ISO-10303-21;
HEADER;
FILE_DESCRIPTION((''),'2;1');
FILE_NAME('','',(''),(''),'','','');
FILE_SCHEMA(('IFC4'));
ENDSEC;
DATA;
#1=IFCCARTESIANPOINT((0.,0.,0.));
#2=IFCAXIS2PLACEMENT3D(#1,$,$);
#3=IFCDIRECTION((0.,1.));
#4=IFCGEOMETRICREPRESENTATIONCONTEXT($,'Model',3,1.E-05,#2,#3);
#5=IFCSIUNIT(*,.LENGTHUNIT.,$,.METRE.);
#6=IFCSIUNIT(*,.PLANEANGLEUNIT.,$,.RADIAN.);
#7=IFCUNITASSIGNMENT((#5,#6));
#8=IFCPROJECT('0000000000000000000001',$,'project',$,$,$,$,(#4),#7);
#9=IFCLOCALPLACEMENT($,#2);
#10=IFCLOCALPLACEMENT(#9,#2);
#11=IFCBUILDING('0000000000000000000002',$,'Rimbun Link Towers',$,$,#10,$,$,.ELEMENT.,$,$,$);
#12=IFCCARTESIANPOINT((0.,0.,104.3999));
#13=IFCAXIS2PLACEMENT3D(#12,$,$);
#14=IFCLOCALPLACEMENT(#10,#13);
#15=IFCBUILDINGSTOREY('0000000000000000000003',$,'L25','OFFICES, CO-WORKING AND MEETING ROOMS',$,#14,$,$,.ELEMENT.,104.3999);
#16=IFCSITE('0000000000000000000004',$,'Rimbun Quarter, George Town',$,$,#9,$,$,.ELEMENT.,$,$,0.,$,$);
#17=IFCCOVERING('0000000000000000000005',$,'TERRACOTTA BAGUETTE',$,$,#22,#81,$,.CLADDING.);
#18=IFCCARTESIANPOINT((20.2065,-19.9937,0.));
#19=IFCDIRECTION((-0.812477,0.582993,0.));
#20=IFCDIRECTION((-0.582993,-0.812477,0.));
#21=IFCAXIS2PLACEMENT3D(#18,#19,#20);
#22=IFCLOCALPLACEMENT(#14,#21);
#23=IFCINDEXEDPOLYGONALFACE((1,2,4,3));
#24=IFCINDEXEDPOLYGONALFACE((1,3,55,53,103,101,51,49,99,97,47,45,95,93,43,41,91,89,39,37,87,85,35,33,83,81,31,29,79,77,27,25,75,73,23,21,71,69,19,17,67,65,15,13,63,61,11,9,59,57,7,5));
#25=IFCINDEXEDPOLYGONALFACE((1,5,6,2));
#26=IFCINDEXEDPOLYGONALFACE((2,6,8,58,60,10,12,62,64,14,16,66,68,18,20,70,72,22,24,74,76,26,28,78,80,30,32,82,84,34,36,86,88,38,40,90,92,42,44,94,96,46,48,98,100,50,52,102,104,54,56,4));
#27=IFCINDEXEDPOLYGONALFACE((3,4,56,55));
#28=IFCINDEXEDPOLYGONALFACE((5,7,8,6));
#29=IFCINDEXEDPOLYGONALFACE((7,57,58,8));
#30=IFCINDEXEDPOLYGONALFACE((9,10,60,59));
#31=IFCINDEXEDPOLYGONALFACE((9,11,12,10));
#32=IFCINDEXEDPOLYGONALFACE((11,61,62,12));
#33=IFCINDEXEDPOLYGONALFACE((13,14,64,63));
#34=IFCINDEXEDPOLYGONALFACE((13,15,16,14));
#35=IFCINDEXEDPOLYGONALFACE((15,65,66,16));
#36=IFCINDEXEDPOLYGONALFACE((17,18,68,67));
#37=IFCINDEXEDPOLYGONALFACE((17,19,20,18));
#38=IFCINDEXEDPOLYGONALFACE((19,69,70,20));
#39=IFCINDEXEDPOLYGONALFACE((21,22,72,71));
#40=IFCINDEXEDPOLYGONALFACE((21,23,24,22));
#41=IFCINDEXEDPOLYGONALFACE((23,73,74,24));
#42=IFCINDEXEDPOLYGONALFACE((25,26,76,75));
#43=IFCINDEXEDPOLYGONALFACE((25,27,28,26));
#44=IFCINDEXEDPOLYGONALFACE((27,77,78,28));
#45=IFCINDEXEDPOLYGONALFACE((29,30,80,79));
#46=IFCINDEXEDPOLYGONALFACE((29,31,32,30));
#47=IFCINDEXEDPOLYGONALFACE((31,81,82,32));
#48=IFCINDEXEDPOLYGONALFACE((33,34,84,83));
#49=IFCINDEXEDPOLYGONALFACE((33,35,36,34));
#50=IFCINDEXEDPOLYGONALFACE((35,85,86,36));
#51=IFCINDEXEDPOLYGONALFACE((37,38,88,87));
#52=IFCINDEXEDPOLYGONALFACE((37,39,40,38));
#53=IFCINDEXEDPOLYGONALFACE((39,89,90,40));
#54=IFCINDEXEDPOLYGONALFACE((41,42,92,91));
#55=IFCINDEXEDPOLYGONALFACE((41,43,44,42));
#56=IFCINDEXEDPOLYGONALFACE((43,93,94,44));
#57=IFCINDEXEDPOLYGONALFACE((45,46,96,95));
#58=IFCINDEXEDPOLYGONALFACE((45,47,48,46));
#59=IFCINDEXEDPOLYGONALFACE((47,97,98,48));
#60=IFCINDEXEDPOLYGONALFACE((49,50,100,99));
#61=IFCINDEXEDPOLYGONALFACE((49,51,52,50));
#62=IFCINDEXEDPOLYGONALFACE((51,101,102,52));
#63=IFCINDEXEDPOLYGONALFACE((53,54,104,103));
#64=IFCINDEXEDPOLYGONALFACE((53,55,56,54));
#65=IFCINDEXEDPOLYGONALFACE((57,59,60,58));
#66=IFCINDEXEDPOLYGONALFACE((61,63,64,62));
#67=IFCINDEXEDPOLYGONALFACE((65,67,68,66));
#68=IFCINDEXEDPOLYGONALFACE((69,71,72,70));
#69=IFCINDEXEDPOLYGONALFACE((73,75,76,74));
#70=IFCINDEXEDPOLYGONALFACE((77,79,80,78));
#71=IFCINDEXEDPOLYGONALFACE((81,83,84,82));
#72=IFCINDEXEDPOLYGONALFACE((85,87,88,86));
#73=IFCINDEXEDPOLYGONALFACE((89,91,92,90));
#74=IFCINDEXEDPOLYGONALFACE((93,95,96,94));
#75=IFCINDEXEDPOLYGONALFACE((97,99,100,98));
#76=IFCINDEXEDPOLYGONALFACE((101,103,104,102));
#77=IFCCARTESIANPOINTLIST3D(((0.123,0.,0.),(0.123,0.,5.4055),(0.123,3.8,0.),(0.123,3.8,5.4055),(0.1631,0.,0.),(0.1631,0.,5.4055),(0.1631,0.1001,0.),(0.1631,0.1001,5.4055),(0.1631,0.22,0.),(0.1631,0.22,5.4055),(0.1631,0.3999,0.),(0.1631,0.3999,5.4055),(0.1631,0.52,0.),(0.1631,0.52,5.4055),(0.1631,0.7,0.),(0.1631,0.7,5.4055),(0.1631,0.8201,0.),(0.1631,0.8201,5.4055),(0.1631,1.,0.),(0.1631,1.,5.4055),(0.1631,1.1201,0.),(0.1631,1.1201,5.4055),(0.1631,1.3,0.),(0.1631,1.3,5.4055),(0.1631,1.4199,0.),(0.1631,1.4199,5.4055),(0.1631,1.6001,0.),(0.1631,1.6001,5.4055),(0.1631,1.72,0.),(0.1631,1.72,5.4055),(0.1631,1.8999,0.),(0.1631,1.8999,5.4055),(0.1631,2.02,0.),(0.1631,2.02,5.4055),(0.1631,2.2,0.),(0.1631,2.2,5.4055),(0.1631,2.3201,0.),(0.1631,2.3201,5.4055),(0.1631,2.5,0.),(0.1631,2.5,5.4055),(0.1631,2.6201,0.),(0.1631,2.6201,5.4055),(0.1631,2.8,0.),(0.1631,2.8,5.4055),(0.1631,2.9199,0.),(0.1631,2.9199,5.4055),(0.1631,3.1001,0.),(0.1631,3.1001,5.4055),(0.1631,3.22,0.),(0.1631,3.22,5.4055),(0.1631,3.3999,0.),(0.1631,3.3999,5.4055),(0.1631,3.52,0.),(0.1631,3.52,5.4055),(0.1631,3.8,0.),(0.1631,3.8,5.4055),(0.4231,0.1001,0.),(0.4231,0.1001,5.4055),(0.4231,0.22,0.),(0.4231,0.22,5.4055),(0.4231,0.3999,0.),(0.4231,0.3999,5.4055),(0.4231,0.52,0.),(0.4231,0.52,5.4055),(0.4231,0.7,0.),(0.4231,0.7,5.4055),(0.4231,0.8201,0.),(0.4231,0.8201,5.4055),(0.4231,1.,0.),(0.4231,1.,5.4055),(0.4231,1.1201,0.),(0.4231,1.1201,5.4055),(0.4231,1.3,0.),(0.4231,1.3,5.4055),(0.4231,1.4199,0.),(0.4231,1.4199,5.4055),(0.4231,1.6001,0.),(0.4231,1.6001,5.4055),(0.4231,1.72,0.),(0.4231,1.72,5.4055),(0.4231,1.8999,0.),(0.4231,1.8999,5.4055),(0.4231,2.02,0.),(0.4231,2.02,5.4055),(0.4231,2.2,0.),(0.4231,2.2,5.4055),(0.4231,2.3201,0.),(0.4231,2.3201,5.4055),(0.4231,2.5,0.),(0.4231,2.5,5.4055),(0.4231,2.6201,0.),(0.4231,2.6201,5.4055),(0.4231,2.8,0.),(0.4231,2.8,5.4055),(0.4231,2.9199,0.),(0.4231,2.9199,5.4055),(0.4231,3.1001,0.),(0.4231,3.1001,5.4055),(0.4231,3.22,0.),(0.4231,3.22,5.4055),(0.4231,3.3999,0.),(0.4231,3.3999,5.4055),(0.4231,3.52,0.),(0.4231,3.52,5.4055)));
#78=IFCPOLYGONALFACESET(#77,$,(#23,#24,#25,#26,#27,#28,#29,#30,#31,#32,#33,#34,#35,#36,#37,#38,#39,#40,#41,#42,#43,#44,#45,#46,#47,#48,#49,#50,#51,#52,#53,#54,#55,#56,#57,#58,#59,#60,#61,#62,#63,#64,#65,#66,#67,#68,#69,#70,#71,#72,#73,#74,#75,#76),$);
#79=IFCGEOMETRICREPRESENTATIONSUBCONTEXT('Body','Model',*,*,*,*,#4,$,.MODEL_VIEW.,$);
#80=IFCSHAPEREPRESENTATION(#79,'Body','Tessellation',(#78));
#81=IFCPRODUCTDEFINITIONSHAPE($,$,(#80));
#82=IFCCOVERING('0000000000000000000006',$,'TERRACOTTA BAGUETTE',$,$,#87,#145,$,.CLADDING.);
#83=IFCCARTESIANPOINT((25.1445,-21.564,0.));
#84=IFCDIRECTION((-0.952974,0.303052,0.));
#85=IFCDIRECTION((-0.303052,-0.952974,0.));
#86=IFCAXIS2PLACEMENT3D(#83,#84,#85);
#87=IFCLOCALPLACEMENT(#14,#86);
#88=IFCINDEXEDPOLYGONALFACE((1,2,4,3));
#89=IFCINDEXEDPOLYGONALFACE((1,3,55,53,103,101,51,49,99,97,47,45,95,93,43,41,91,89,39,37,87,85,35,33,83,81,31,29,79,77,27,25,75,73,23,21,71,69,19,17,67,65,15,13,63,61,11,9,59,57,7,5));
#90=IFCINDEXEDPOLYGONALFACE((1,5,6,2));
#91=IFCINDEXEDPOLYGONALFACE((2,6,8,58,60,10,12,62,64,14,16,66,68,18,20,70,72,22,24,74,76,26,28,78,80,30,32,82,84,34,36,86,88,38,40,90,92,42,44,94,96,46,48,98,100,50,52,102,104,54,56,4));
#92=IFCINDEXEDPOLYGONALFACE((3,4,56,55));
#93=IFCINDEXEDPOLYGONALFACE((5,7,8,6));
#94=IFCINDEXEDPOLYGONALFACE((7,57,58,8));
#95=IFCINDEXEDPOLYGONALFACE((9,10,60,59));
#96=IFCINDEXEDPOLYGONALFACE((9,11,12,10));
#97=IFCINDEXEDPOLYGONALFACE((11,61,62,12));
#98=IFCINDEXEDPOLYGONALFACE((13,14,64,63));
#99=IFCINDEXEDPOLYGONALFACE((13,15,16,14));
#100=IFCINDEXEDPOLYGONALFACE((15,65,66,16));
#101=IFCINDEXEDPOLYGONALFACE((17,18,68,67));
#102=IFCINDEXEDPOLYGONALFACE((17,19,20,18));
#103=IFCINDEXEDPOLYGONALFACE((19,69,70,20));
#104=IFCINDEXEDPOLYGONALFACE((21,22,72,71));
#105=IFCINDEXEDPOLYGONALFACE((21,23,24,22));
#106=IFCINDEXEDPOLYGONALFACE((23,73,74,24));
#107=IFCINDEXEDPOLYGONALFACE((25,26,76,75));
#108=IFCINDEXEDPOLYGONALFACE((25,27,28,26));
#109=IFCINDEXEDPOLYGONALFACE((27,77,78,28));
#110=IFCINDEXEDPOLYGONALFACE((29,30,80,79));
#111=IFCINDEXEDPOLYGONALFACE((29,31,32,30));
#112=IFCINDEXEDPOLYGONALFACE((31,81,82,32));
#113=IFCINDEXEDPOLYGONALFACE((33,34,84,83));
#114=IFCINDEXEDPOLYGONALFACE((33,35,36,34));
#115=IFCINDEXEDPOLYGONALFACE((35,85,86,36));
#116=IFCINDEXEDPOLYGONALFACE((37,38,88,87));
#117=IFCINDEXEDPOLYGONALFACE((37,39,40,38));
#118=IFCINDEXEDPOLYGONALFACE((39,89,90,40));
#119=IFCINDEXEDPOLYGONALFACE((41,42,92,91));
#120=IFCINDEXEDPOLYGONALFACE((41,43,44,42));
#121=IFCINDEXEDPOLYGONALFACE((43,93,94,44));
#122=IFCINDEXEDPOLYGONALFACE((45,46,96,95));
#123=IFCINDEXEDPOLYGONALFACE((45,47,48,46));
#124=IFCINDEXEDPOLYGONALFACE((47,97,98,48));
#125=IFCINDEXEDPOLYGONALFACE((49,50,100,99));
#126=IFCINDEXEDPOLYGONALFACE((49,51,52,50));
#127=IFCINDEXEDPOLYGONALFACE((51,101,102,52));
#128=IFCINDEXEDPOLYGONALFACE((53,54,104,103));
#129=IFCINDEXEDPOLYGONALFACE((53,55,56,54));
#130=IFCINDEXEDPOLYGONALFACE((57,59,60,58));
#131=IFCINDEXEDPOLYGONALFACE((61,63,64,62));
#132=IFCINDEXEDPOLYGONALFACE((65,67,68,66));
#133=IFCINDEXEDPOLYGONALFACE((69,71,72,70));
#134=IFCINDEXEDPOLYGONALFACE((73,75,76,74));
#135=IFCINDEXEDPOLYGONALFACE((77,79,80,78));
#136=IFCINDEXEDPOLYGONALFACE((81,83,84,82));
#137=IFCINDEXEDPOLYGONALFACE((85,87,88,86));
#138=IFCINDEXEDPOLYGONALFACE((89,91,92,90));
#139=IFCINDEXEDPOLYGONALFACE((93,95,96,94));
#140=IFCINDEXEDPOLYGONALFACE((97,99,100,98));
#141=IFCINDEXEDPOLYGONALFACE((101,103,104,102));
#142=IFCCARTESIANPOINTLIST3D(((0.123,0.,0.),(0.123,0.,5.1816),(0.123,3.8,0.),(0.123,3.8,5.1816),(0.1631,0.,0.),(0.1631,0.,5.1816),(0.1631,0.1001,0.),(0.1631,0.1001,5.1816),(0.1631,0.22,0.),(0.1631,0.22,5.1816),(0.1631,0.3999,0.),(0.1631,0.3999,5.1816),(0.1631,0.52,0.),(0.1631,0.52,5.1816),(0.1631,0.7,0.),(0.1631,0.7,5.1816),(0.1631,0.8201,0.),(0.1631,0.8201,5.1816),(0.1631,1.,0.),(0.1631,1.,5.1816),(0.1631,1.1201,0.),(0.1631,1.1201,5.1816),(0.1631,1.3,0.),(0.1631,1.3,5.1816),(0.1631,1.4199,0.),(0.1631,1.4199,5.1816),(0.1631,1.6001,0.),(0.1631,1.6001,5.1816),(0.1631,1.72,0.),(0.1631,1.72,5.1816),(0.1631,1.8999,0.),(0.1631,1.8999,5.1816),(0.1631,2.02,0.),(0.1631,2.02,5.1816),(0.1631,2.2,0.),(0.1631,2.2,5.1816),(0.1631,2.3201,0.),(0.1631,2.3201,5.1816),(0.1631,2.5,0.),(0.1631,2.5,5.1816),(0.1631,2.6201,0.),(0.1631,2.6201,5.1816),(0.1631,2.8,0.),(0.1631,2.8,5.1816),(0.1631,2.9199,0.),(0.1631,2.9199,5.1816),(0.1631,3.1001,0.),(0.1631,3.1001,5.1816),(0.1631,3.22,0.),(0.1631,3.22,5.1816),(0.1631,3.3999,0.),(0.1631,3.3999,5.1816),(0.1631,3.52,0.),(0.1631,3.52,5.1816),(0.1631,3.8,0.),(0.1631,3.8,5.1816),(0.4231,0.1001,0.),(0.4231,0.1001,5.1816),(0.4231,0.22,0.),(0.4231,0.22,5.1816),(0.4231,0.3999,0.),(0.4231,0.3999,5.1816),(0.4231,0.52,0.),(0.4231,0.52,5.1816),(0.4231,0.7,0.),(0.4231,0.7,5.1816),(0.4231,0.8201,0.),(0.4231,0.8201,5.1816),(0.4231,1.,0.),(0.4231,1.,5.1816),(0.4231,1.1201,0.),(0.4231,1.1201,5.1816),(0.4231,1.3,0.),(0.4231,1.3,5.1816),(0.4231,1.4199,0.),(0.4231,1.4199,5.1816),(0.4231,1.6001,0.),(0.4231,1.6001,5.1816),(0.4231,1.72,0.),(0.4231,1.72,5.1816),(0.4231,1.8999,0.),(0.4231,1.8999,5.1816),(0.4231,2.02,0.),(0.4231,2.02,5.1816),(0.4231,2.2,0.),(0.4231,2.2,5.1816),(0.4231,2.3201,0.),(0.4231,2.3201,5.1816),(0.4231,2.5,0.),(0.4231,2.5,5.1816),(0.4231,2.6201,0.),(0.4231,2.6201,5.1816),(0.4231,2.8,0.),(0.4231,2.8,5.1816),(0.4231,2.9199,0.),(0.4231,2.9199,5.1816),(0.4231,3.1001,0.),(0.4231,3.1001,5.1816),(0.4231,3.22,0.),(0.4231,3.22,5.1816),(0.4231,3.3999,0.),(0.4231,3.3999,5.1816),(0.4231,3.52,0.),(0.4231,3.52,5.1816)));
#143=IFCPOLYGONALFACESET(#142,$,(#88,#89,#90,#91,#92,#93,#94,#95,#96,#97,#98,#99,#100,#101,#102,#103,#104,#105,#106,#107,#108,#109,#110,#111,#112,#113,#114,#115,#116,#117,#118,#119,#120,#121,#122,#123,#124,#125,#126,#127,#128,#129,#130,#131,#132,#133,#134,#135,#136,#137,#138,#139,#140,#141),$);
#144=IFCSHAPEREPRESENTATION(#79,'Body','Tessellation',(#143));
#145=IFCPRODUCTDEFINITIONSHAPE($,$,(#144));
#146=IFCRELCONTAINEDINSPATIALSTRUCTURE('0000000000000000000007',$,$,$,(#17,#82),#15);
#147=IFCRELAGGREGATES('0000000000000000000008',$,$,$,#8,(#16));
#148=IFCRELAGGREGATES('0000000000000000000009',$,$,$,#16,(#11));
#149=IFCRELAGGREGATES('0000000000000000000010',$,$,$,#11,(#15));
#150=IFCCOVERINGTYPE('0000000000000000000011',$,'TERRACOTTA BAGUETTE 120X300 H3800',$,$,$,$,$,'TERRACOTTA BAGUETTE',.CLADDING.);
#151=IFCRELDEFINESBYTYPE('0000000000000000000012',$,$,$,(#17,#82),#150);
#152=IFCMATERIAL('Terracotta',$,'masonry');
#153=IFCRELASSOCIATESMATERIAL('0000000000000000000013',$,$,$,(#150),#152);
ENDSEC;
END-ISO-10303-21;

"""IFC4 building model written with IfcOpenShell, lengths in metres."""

from ifc_helpers import new_model, si_unit, direction, frame, origin, place, context, subcontext, project, spatial, polyline, outline, extrude, material, material_profile, profile_set, type_object, element, save


model = new_model("IFC4")

# Units and contexts
model_context = context("Model", 3, precision=1e-05, world=origin(), true_north=direction((0.0, 1.0)))
body_context = subcontext(model_context, "Body", "Model", "MODEL_VIEW")
ifc_project = project(units=[si_unit("LENGTHUNIT", "METRE"), si_unit("PLANEANGLEUNIT", "RADIAN")], contexts=[model_context])

# Site, building, storey
site_placement = place(None, origin())
site = spatial("IfcSite", under=ifc_project, at=site_placement, Name="Rimbun Quarter, George Town", CompositionType="ELEMENT", RefElevation=0.0)
building_placement = place(site_placement, origin())
building = spatial("IfcBuilding", under=site, at=building_placement, Name="Rimbun Link Towers", CompositionType="ELEMENT")
storey_placement = place(building_placement, frame((0.0, 0.0, 104.3999)))
storey = spatial("IfcBuildingStorey", under=building, at=storey_placement, Name="L25", Description="OFFICES, CO-WORKING AND MEETING ROOMS", CompositionType="ELEMENT", Elevation=104.3999)

# Coverings
ifc_material_1 = material(Name="Terracotta", Category="masonry")
ifc_material_profile_1 = material_profile(ifc_material_1, outline(polyline([(0.123, 0.0), (0.1631, 0.0), (0.1631, 0.1001), (0.4231, 0.1001), (0.4231, 0.22), (0.1631, 0.22), (0.1631, 0.3999), (0.4231, 0.3999), (0.4231, 0.52), (0.1631, 0.52), (0.1631, 0.7), (0.4231, 0.7), (0.4231, 0.8201), (0.1631, 0.8201), (0.1631, 1.0), (0.4231, 1.0), (0.4231, 1.1201), (0.1631, 1.1201), (0.1631, 1.3), (0.4231, 1.3), (0.4231, 1.4199), (0.1631, 1.4199), (0.1631, 1.6001), (0.4231, 1.6001), (0.4231, 1.72), (0.1631, 1.72), (0.1631, 1.8999), (0.4231, 1.8999), (0.4231, 2.02), (0.1631, 2.02), (0.1631, 2.2), (0.4231, 2.2), (0.4231, 2.3201), (0.1631, 2.3201), (0.1631, 2.5), (0.4231, 2.5), (0.4231, 2.6201), (0.1631, 2.6201), (0.1631, 2.8), (0.4231, 2.8), (0.4231, 2.9199), (0.1631, 2.9199), (0.1631, 3.1001), (0.4231, 3.1001), (0.4231, 3.22), (0.1631, 3.22), (0.1631, 3.3999), (0.4231, 3.3999), (0.4231, 3.52), (0.1631, 3.52), (0.1631, 3.8), (0.123, 3.8), (0.123, 0.0)])), Name="BAGUETTE 120X300")
ifc_profile_set_1 = profile_set([ifc_material_profile_1], Name="Terracotta")
covering_type = type_object("IfcCoveringType", Name="TERRACOTTA BAGUETTE 120X300 H3800", ElementType="TERRACOTTA BAGUETTE", PredefinedType="CLADDING", material=ifc_profile_set_1)
covering_1_placement = place(storey_placement, frame((20.2065, -19.9937, 0.0), z_axis=(-0.812477, 0.582993, 0.0), x_axis=(-0.582993, -0.812477, 0.0)))
element("IfcCovering", 1, at=covering_1_placement, inside=storey, type_object=covering_type, Name="TERRACOTTA BAGUETTE", PredefinedType="CLADDING", context=body_context, shape_type="SweptSolid", body=[
    extrude(outline(polyline([(0.123, 0.0), (0.1631, 0.0), (0.1631, 0.1001), (0.4231, 0.1001), (0.4231, 0.22), (0.1631, 0.22), (0.1631, 0.3999), (0.4231, 0.3999), (0.4231, 0.52), (0.1631, 0.52), (0.1631, 0.7), (0.4231, 0.7), (0.4231, 0.8201), (0.1631, 0.8201), (0.1631, 1.0), (0.4231, 1.0), (0.4231, 1.1201), (0.1631, 1.1201), (0.1631, 1.3), (0.4231, 1.3), (0.4231, 1.4199), (0.1631, 1.4199), (0.1631, 1.6001), (0.4231, 1.6001), (0.4231, 1.72), (0.1631, 1.72), (0.1631, 1.8999), (0.4231, 1.8999), (0.4231, 2.02), (0.1631, 2.02), (0.1631, 2.2), (0.4231, 2.2), (0.4231, 2.3201), (0.1631, 2.3201), (0.1631, 2.5), (0.4231, 2.5), (0.4231, 2.6201), (0.1631, 2.6201), (0.1631, 2.8), (0.4231, 2.8), (0.4231, 2.9199), (0.1631, 2.9199), (0.1631, 3.1001), (0.4231, 3.1001), (0.4231, 3.22), (0.1631, 3.22), (0.1631, 3.3999), (0.4231, 3.3999), (0.4231, 3.52), (0.1631, 3.52), (0.1631, 3.8), (0.123, 3.8), (0.123, 0.0)])), origin(), (0.0, 0.0, 1.0), 5.4055),
])
covering_2_placement = place(storey_placement, frame((25.1445, -21.564, 0.0), z_axis=(-0.952974, 0.303052, 0.0), x_axis=(-0.303052, -0.952974, 0.0)))
element("IfcCovering", 2, at=covering_2_placement, inside=storey, type_object=covering_type, Name="TERRACOTTA BAGUETTE", PredefinedType="CLADDING", context=body_context, shape_type="SweptSolid", body=[
    extrude(outline(polyline([(0.123, 0.0), (0.1631, 0.0), (0.1631, 0.1001), (0.4231, 0.1001), (0.4231, 0.22), (0.1631, 0.22), (0.1631, 0.3999), (0.4231, 0.3999), (0.4231, 0.52), (0.1631, 0.52), (0.1631, 0.7), (0.4231, 0.7), (0.4231, 0.8201), (0.1631, 0.8201), (0.1631, 1.0), (0.4231, 1.0), (0.4231, 1.1201), (0.1631, 1.1201), (0.1631, 1.3), (0.4231, 1.3), (0.4231, 1.4199), (0.1631, 1.4199), (0.1631, 1.6001), (0.4231, 1.6001), (0.4231, 1.72), (0.1631, 1.72), (0.1631, 1.8999), (0.4231, 1.8999), (0.4231, 2.02), (0.1631, 2.02), (0.1631, 2.2), (0.4231, 2.2), (0.4231, 2.3201), (0.1631, 2.3201), (0.1631, 2.5), (0.4231, 2.5), (0.4231, 2.6201), (0.1631, 2.6201), (0.1631, 2.8), (0.4231, 2.8), (0.4231, 2.9199), (0.1631, 2.9199), (0.1631, 3.1001), (0.4231, 3.1001), (0.4231, 3.22), (0.1631, 3.22), (0.1631, 3.3999), (0.4231, 3.3999), (0.4231, 3.52), (0.1631, 3.52), (0.1631, 3.8), (0.123, 3.8), (0.123, 0.0)])), origin(), (0.0, 0.0, 1.0), 5.1816),
])

save(model, "model.ifc")
